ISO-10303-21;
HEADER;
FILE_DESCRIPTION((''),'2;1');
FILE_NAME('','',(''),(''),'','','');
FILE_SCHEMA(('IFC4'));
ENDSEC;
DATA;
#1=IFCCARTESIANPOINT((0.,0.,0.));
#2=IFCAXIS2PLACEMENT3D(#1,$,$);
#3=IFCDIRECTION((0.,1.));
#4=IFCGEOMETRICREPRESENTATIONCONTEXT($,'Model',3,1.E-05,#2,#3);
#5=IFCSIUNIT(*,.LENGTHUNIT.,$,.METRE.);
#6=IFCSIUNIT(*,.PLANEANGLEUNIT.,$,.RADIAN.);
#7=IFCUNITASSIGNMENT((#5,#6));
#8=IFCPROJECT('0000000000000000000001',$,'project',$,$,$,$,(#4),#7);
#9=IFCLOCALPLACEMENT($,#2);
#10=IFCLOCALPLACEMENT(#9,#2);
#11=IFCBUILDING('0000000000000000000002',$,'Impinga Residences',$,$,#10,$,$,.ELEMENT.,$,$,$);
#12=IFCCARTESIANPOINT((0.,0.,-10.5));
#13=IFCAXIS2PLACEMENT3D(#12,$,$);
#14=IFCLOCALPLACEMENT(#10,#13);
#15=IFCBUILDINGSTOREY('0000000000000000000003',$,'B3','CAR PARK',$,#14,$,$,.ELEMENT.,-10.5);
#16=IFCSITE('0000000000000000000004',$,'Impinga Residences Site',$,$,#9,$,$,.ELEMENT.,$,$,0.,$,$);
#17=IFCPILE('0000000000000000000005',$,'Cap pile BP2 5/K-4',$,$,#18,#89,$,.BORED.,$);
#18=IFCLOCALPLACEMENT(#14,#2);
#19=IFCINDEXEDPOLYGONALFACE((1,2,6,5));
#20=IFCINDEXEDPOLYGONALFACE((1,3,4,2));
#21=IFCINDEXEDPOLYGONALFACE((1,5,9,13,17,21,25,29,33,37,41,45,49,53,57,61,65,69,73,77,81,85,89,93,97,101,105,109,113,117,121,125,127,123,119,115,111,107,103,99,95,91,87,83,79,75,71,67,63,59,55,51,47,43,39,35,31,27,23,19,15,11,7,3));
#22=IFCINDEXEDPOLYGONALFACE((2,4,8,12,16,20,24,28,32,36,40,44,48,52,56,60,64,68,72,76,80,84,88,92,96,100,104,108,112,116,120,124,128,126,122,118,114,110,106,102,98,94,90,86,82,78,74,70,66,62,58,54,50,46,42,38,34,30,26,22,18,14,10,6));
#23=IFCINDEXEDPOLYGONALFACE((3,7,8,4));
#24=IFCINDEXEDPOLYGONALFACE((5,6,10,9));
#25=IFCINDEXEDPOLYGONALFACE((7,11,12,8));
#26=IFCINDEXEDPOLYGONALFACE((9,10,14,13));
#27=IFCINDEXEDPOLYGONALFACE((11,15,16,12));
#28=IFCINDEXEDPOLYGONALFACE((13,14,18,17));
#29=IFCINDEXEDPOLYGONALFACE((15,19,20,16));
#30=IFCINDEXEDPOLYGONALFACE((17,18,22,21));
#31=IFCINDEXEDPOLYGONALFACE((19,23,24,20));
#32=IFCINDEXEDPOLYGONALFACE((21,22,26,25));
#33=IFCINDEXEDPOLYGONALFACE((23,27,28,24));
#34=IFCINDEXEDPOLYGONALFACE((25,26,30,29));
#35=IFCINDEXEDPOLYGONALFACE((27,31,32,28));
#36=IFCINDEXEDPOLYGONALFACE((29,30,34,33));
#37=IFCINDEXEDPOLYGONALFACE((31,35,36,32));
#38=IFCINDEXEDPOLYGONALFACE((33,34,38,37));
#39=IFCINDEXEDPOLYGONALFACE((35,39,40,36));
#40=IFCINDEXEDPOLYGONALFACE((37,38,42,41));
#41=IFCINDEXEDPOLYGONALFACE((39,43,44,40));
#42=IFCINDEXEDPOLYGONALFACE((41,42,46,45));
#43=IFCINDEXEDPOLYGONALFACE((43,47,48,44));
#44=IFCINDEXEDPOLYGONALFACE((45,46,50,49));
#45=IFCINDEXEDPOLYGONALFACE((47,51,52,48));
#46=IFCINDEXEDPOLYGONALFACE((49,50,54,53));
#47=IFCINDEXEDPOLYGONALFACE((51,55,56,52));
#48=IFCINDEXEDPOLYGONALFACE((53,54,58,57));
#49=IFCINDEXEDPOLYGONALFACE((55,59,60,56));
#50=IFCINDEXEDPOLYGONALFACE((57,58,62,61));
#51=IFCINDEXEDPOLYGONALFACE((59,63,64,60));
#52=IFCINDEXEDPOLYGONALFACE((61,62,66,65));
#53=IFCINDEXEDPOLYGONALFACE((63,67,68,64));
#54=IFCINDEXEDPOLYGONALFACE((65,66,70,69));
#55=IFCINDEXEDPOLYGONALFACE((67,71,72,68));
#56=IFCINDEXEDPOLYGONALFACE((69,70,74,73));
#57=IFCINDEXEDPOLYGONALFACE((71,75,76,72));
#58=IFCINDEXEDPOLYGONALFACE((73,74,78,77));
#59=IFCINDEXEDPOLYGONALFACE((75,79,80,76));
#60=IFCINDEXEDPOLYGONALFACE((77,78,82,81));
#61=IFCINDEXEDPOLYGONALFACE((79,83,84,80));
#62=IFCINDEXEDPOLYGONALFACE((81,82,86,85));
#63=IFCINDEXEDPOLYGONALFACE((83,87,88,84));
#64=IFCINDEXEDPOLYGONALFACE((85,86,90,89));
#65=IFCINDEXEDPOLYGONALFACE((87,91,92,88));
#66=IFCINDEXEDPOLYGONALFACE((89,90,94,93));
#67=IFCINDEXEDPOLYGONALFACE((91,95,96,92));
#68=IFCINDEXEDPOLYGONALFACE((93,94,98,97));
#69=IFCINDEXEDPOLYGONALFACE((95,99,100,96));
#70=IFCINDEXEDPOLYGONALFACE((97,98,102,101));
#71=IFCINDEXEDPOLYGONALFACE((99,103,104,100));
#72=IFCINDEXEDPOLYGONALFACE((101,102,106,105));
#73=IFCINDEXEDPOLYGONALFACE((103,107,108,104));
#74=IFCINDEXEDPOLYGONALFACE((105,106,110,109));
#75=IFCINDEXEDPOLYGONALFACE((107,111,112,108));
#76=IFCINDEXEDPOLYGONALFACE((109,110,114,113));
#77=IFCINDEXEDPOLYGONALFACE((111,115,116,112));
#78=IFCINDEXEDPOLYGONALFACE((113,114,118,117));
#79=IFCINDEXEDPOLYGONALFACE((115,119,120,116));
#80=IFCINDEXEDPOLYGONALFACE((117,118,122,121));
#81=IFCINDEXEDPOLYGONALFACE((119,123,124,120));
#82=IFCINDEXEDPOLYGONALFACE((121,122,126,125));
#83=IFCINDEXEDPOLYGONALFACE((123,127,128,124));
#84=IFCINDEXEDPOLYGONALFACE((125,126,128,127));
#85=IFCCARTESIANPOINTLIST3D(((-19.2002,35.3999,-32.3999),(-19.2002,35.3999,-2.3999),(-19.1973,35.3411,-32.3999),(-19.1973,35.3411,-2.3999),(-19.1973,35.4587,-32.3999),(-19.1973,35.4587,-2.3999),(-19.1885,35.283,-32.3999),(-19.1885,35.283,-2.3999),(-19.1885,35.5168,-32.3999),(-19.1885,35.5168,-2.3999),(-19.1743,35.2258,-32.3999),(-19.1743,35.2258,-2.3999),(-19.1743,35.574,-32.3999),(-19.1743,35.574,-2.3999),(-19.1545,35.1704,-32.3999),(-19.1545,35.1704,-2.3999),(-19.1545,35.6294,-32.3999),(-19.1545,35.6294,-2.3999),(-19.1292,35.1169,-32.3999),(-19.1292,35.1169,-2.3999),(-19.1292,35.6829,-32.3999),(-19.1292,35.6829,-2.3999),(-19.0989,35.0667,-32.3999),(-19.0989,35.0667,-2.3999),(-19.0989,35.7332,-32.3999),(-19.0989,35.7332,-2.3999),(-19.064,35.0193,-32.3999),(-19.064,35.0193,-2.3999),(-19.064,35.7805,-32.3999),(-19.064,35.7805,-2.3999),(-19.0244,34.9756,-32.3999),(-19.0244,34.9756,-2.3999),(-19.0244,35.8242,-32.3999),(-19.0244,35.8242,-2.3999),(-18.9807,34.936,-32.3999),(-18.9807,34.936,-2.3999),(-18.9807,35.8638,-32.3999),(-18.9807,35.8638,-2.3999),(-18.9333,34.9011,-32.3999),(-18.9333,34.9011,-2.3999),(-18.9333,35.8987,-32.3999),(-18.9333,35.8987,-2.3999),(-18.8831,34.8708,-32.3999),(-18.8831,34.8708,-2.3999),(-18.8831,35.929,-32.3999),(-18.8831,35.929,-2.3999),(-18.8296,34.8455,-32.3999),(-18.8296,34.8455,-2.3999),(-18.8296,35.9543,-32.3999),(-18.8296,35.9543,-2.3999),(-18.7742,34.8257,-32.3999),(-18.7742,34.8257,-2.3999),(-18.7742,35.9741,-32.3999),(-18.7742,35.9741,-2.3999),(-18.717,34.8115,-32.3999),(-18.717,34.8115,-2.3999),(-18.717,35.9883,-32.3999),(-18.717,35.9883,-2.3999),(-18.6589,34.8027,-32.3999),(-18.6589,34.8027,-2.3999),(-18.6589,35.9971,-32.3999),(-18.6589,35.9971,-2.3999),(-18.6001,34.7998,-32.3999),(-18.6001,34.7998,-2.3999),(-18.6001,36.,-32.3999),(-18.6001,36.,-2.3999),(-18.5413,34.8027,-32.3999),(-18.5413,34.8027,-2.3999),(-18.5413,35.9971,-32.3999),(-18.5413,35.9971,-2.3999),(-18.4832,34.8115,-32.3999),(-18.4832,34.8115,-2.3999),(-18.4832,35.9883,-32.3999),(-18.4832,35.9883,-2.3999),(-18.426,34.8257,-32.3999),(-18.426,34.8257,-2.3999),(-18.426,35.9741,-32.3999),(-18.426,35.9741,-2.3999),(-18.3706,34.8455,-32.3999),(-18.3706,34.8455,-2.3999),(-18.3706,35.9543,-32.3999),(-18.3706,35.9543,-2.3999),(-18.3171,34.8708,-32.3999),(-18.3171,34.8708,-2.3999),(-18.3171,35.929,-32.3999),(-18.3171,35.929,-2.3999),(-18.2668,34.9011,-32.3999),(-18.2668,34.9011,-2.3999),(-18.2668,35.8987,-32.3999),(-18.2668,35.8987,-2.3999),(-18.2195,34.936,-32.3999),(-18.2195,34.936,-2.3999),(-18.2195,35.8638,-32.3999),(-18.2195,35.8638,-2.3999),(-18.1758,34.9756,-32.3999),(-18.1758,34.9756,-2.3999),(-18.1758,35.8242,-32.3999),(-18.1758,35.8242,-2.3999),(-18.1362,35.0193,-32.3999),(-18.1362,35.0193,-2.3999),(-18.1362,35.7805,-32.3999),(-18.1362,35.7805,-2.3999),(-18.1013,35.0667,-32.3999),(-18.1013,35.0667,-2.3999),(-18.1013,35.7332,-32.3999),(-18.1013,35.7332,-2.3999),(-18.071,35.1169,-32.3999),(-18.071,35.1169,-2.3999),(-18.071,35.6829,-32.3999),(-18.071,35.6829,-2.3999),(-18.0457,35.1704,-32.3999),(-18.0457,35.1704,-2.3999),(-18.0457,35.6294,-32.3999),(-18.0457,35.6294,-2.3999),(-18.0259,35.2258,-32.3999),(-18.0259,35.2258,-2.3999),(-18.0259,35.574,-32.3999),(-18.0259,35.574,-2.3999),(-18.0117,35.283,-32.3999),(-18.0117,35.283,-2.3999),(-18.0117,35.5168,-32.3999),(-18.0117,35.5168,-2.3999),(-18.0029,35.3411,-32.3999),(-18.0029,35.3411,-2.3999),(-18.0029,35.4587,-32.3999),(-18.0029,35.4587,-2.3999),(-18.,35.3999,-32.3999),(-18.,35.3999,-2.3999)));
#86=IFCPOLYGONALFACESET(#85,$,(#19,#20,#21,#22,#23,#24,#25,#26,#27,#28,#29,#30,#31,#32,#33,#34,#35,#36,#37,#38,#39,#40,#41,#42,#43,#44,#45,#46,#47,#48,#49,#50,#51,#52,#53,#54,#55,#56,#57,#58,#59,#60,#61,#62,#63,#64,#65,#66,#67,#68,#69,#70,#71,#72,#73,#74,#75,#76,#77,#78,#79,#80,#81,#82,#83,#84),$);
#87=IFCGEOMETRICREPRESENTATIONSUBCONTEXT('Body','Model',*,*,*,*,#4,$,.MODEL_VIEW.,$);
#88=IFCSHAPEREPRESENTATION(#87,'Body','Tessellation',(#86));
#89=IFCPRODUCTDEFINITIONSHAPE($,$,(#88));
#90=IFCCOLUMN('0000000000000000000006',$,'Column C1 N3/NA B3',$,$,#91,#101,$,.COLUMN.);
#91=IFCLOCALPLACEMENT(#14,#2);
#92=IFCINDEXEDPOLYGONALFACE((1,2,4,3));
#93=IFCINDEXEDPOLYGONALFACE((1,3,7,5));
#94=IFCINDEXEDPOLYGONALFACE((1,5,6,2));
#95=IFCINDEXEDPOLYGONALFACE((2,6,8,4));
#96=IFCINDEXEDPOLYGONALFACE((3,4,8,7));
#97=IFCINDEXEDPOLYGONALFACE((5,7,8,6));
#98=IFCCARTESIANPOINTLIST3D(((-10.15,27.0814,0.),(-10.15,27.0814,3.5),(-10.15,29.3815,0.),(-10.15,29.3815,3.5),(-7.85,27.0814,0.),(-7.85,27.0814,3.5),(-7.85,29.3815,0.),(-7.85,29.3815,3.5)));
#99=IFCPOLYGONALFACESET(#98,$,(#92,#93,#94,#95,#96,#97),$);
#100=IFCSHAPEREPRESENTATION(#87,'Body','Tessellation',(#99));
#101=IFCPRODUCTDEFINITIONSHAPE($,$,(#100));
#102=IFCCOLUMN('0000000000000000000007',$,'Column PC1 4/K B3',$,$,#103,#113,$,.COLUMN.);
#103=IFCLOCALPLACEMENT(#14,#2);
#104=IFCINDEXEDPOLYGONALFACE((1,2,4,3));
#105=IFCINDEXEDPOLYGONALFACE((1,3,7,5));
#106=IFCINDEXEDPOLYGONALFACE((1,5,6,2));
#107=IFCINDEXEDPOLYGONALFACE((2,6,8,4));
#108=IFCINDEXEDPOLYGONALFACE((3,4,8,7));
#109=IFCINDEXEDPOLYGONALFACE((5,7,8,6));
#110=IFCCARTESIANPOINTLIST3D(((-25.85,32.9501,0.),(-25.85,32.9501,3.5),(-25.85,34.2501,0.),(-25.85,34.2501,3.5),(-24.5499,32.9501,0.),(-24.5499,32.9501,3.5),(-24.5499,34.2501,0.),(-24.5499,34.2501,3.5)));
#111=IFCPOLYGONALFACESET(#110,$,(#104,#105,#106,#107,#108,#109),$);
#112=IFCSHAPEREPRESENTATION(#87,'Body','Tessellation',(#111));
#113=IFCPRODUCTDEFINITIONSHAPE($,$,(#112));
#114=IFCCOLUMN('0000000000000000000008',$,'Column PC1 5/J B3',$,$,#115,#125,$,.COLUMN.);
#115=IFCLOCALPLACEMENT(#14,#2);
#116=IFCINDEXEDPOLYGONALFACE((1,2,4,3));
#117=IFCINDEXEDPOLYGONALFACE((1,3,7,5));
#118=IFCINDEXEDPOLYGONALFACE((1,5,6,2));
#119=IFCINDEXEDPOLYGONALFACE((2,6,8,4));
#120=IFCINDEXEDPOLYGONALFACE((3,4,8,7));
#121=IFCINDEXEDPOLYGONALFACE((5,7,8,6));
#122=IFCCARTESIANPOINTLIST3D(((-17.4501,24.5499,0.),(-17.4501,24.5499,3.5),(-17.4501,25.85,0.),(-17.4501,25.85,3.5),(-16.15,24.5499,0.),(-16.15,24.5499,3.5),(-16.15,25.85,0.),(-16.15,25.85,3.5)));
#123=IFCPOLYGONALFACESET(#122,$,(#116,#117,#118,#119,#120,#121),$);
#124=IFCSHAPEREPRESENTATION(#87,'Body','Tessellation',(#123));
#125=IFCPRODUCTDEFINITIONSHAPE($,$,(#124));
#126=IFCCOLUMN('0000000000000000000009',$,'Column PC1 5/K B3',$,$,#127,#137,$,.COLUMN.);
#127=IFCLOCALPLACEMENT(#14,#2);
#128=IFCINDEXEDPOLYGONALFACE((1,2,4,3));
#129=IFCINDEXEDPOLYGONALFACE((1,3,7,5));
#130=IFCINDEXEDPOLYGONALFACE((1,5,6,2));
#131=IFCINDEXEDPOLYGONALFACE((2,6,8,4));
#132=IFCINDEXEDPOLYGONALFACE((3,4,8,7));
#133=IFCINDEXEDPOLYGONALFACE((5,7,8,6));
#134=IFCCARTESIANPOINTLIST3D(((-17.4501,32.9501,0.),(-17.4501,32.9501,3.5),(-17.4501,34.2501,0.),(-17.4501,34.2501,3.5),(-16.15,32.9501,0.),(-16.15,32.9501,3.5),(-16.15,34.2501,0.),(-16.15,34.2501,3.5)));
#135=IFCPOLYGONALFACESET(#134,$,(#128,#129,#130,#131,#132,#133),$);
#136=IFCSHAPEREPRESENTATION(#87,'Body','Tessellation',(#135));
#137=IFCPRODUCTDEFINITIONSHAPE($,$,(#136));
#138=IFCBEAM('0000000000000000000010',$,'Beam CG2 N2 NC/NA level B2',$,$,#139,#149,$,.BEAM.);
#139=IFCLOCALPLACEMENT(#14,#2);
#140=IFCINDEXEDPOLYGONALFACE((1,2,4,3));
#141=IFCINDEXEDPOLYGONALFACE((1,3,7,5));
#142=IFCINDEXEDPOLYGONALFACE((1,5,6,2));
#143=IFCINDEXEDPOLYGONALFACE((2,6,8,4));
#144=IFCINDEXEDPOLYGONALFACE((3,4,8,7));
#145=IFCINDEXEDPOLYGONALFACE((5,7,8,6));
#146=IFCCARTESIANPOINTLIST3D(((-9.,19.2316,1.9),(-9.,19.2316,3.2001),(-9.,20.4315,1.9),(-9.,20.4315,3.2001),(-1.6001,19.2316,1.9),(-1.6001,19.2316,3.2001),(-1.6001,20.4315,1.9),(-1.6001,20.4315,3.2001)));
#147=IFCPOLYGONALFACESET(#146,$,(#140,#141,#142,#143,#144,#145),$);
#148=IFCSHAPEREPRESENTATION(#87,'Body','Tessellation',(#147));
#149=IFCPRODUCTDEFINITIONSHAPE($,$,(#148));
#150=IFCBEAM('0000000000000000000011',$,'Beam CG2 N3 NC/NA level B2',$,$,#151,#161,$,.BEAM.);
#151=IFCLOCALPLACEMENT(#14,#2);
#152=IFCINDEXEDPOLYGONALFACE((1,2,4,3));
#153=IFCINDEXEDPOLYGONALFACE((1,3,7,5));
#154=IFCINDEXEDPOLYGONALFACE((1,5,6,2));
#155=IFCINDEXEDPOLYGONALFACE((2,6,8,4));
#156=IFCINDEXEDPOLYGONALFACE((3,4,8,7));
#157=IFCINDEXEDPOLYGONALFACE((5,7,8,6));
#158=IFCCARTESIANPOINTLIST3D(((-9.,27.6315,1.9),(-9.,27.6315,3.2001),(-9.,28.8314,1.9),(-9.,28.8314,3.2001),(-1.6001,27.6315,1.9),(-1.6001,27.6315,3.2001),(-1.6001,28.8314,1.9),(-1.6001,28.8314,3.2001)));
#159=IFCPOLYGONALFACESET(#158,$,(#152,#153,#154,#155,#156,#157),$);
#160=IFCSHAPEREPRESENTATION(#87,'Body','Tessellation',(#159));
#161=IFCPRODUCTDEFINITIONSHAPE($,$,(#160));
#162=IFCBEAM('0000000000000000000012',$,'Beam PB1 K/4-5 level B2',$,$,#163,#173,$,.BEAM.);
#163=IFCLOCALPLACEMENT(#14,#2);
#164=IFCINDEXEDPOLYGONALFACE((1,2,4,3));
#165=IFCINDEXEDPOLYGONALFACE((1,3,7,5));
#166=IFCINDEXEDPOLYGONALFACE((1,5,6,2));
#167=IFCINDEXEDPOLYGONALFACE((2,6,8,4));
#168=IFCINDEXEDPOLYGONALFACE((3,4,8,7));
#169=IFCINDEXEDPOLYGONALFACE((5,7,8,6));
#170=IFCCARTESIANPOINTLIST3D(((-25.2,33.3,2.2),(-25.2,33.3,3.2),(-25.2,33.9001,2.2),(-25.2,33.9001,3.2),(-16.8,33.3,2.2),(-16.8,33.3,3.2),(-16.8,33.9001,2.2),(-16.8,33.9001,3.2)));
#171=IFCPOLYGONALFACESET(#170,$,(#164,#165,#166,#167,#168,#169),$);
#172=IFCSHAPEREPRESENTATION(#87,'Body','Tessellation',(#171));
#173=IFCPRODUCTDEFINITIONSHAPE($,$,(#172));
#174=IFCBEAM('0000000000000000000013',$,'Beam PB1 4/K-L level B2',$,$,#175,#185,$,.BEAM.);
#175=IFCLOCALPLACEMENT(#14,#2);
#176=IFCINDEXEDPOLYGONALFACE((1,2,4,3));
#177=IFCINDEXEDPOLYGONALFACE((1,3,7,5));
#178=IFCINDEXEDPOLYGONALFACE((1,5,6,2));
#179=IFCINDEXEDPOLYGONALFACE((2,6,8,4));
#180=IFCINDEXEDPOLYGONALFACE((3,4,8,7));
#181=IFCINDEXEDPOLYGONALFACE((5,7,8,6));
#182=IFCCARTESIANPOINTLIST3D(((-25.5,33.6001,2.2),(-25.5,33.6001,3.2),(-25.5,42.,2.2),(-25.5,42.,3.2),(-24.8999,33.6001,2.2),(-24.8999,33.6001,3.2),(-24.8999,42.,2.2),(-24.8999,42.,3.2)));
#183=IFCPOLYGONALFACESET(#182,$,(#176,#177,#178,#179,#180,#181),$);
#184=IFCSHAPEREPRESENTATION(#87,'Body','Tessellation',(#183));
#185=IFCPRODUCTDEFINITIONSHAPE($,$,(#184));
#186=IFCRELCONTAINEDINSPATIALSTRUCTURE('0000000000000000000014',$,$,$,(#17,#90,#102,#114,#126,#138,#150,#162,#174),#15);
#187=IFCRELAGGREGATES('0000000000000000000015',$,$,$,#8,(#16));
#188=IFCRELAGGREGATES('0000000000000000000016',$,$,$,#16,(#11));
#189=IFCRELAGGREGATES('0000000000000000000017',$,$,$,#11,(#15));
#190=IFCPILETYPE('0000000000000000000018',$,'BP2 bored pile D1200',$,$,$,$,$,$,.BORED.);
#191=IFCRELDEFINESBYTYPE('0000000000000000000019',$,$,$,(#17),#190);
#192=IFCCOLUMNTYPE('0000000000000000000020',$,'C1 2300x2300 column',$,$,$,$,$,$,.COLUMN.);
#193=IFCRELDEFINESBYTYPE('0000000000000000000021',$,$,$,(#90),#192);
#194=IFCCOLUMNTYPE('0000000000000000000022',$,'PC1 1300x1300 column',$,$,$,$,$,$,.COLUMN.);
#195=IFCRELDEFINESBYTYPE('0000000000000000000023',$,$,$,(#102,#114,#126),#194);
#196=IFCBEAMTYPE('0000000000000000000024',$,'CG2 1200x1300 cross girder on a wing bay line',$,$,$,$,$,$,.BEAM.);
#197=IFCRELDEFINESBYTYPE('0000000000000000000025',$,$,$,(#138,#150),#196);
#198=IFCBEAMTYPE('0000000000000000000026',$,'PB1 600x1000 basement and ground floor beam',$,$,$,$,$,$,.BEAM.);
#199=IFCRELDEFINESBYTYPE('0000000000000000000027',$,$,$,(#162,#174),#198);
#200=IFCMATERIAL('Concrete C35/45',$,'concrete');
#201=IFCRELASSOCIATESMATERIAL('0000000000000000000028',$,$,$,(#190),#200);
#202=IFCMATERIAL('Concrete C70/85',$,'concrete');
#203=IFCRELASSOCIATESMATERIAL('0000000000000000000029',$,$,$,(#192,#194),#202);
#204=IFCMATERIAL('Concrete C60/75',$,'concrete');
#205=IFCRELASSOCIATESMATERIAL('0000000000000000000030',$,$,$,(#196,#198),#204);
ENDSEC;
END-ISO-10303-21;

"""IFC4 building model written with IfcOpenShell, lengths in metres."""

from ifc_helpers import new_model, si_unit, direction, frame, origin, origin_2d, place, context, subcontext, project, spatial, polyline, rectangle, circle, outline, extrude, material, material_profile, profile_set, type_object, element, save


model = new_model("IFC4")

# Units and contexts
model_context = context("Model", 3, precision=1e-05, world=origin(), true_north=direction((0.0, 1.0)))
body_context = subcontext(model_context, "Body", "Model", "MODEL_VIEW")
ifc_project = project(units=[si_unit("LENGTHUNIT", "METRE"), si_unit("PLANEANGLEUNIT", "RADIAN")], contexts=[model_context])

# Site, building, storey
site_placement = place(None, origin())
site = spatial("IfcSite", under=ifc_project, at=site_placement, Name="Impinga Residences Site", CompositionType="ELEMENT", RefElevation=0.0)
building_placement = place(site_placement, origin())
building = spatial("IfcBuilding", under=site, at=building_placement, Name="Impinga Residences", CompositionType="ELEMENT")
storey_placement = place(building_placement, frame((0.0, 0.0, -10.5)))
storey = spatial("IfcBuildingStorey", under=building, at=storey_placement, Name="B3", Description="CAR PARK", CompositionType="ELEMENT", Elevation=-10.5)

# Pile
ifc_material_1 = material(Name="Concrete C35/45", Category="concrete")
ifc_material_profile_1 = material_profile(ifc_material_1, circle(Radius=0.6001, at=origin_2d()), Name="D1200")
ifc_profile_set_1 = profile_set([ifc_material_profile_1], Name="Concrete C35/45")
pile_type_1 = type_object("IfcPileType", Name="BP2 bored pile D1200", PredefinedType="BORED", material=ifc_profile_set_1)
pile_1_placement = place(storey_placement, frame((-18.6001, 35.3999, -2.3999), z_axis=(0.0, 0.0, -1.0), x_axis=(1.0, 0.0, 0.0)))
element("IfcPile", 1, at=pile_1_placement, inside=storey, type_object=pile_type_1, Name="Cap pile BP2 5/K-4", PredefinedType="BORED", context=body_context, shape_type="SweptSolid", body=[
    extrude(outline(polyline([(0.6001, 0.0), (0.5972, 0.0588), (0.5884, 0.1169), (0.5742, 0.1741), (0.5544, 0.2295), (0.5291, 0.283), (0.4988, 0.3333), (0.4639, 0.3806), (0.4243, 0.4243), (0.3806, 0.4639), (0.3333, 0.4988), (0.283, 0.5291), (0.2295, 0.5544), (0.1741, 0.5742), (0.1169, 0.5884), (0.0588, 0.5972), (0.0, 0.6001), (-0.0588, 0.5972), (-0.1169, 0.5884), (-0.1741, 0.5742), (-0.2295, 0.5544), (-0.283, 0.5291), (-0.3333, 0.4988), (-0.3806, 0.4639), (-0.4243, 0.4243), (-0.4639, 0.3806), (-0.4988, 0.3333), (-0.5291, 0.283), (-0.5544, 0.2295), (-0.5742, 0.1741), (-0.5884, 0.1169), (-0.5972, 0.0588), (-0.6001, 0.0), (-0.5972, -0.0588), (-0.5884, -0.1169), (-0.5742, -0.1741), (-0.5544, -0.2295), (-0.5291, -0.283), (-0.4988, -0.3333), (-0.4639, -0.3806), (-0.4243, -0.4243), (-0.3806, -0.4639), (-0.3333, -0.4988), (-0.283, -0.5291), (-0.2295, -0.5544), (-0.1741, -0.5742), (-0.1169, -0.5884), (-0.0588, -0.5972), (0.0, -0.6001), (0.0588, -0.5972), (0.1169, -0.5884), (0.1741, -0.5742), (0.2295, -0.5544), (0.283, -0.5291), (0.3333, -0.4988), (0.3806, -0.4639), (0.4243, -0.4243), (0.4639, -0.3806), (0.4988, -0.3333), (0.5291, -0.283), (0.5544, -0.2295), (0.5742, -0.1741), (0.5884, -0.1169), (0.5972, -0.0588), (0.6001, 0.0)])), origin(), (0.0, 0.0, 1.0), 30.0),
])

# Columns
ifc_material_2 = material(Name="Concrete C70/85", Category="concrete")
ifc_material_profile_2 = material_profile(ifc_material_2, rectangle(XDim=2.3, YDim=2.3, at=origin_2d()), Name="RC 2300x2300")
ifc_profile_set_2 = profile_set([ifc_material_profile_2], Name="Concrete C70/85")
column_type_1 = type_object("IfcColumnType", Name="C1 2300x2300 column", PredefinedType="COLUMN", material=ifc_profile_set_2)
column_placement = place(storey_placement, frame((-9.0, 28.2314, 0.0), z_axis=(0.0, 0.0, 1.0), x_axis=(1.0, 0.0, 0.0)))
element("IfcColumn", 2, at=column_placement, inside=storey, type_object=column_type_1, Name="Column C1 N3/NA B3", PredefinedType="COLUMN", context=body_context, shape_type="SweptSolid", body=[
    extrude(rectangle(XDim=2.3, YDim=2.3, at=origin_2d()), origin(), (0.0, 0.0, 1.0), 3.5),
])
ifc_material_profile_3 = material_profile(ifc_material_2, rectangle(XDim=1.3, YDim=1.3, at=origin_2d()), Name="RC 1300x1300")
ifc_profile_set_3 = profile_set([ifc_material_profile_3], Name="Concrete C70/85")
column_type_2 = type_object("IfcColumnType", Name="PC1 1300x1300 column", PredefinedType="COLUMN", material=ifc_profile_set_3)
for number, where, z_axis, x_axis, name in (
    (3, (-25.2, 33.6001, 0.0), (0.0, 0.0, 1.0), (1.0, 0.0, 0.0), "Column PC1 4/K B3"),
    (4, (-16.8, 25.2, 0.0), (0.0, 0.0, 1.0), (1.0, 0.0, 0.0), "Column PC1 5/J B3"),
    (5, (-16.8, 33.6001, 0.0), (0.0, 0.0, 1.0), (1.0, 0.0, 0.0), "Column PC1 5/K B3"),
):
    element("IfcColumn", number, at=place(storey_placement, frame(where, z_axis=z_axis, x_axis=x_axis)), inside=storey, type_object=column_type_2, Name=name, PredefinedType="COLUMN", context=body_context, shape_type="SweptSolid", body=[
        extrude(rectangle(XDim=1.3, YDim=1.3, at=origin_2d()), origin(), (0.0, 0.0, 1.0), 3.5),
    ])

# Beams
ifc_material_3 = material(Name="Concrete C60/75", Category="concrete")
ifc_material_profile_4 = material_profile(ifc_material_3, rectangle(XDim=1.2, YDim=1.3, at=origin_2d()), Name="RC 1200x1300")
ifc_profile_set_4 = profile_set([ifc_material_profile_4], Name="Concrete C60/75")
beam_type_1 = type_object("IfcBeamType", Name="CG2 1200x1300 cross girder on a wing bay line", PredefinedType="BEAM", material=ifc_profile_set_4)
for number, where, z_axis, x_axis, name in (
    (6, (-1.6001, 19.8315, 2.55), (-1.0, 0.0, 0.0), (0.0, -1.0, 0.0), "Beam CG2 N2 NC/NA level B2"),
    (7, (-1.6001, 28.2314, 2.55), (-1.0, 0.0, 0.0), (0.0, -1.0, 0.0), "Beam CG2 N3 NC/NA level B2"),
):
    element("IfcBeam", number, at=place(storey_placement, frame(where, z_axis=z_axis, x_axis=x_axis)), inside=storey, type_object=beam_type_1, Name=name, PredefinedType="BEAM", context=body_context, shape_type="SweptSolid", body=[
        extrude(rectangle(XDim=1.2, YDim=1.3, at=origin_2d()), origin(), (0.0, 0.0, 1.0), 7.3999),
    ])
ifc_material_profile_5 = material_profile(ifc_material_3, rectangle(XDim=0.6001, YDim=1.0, at=origin_2d()), Name="RC 600x1000")
ifc_profile_set_5 = profile_set([ifc_material_profile_5], Name="Concrete C60/75")
beam_type_2 = type_object("IfcBeamType", Name="PB1 600x1000 basement and ground floor beam", PredefinedType="BEAM", material=ifc_profile_set_5)
for number, where, z_axis, x_axis, name in (
    (8, (-25.2, 33.6001, 2.7), (1.0, 0.0, 0.0), (0.0, 1.0, 0.0), "Beam PB1 K/4-5 level B2"),
    (9, (-25.2, 33.6001, 2.7), (0.0, 1.0, 0.0), (-1.0, 0.0, 0.0), "Beam PB1 4/K-L level B2"),
):
    element("IfcBeam", number, at=place(storey_placement, frame(where, z_axis=z_axis, x_axis=x_axis)), inside=storey, type_object=beam_type_2, Name=name, PredefinedType="BEAM", context=body_context, shape_type="SweptSolid", body=[
        extrude(rectangle(XDim=0.6001, YDim=1.0, at=origin_2d()), origin(), (0.0, 0.0, 1.0), 8.3999),
    ])

save(model, "model.ifc")
